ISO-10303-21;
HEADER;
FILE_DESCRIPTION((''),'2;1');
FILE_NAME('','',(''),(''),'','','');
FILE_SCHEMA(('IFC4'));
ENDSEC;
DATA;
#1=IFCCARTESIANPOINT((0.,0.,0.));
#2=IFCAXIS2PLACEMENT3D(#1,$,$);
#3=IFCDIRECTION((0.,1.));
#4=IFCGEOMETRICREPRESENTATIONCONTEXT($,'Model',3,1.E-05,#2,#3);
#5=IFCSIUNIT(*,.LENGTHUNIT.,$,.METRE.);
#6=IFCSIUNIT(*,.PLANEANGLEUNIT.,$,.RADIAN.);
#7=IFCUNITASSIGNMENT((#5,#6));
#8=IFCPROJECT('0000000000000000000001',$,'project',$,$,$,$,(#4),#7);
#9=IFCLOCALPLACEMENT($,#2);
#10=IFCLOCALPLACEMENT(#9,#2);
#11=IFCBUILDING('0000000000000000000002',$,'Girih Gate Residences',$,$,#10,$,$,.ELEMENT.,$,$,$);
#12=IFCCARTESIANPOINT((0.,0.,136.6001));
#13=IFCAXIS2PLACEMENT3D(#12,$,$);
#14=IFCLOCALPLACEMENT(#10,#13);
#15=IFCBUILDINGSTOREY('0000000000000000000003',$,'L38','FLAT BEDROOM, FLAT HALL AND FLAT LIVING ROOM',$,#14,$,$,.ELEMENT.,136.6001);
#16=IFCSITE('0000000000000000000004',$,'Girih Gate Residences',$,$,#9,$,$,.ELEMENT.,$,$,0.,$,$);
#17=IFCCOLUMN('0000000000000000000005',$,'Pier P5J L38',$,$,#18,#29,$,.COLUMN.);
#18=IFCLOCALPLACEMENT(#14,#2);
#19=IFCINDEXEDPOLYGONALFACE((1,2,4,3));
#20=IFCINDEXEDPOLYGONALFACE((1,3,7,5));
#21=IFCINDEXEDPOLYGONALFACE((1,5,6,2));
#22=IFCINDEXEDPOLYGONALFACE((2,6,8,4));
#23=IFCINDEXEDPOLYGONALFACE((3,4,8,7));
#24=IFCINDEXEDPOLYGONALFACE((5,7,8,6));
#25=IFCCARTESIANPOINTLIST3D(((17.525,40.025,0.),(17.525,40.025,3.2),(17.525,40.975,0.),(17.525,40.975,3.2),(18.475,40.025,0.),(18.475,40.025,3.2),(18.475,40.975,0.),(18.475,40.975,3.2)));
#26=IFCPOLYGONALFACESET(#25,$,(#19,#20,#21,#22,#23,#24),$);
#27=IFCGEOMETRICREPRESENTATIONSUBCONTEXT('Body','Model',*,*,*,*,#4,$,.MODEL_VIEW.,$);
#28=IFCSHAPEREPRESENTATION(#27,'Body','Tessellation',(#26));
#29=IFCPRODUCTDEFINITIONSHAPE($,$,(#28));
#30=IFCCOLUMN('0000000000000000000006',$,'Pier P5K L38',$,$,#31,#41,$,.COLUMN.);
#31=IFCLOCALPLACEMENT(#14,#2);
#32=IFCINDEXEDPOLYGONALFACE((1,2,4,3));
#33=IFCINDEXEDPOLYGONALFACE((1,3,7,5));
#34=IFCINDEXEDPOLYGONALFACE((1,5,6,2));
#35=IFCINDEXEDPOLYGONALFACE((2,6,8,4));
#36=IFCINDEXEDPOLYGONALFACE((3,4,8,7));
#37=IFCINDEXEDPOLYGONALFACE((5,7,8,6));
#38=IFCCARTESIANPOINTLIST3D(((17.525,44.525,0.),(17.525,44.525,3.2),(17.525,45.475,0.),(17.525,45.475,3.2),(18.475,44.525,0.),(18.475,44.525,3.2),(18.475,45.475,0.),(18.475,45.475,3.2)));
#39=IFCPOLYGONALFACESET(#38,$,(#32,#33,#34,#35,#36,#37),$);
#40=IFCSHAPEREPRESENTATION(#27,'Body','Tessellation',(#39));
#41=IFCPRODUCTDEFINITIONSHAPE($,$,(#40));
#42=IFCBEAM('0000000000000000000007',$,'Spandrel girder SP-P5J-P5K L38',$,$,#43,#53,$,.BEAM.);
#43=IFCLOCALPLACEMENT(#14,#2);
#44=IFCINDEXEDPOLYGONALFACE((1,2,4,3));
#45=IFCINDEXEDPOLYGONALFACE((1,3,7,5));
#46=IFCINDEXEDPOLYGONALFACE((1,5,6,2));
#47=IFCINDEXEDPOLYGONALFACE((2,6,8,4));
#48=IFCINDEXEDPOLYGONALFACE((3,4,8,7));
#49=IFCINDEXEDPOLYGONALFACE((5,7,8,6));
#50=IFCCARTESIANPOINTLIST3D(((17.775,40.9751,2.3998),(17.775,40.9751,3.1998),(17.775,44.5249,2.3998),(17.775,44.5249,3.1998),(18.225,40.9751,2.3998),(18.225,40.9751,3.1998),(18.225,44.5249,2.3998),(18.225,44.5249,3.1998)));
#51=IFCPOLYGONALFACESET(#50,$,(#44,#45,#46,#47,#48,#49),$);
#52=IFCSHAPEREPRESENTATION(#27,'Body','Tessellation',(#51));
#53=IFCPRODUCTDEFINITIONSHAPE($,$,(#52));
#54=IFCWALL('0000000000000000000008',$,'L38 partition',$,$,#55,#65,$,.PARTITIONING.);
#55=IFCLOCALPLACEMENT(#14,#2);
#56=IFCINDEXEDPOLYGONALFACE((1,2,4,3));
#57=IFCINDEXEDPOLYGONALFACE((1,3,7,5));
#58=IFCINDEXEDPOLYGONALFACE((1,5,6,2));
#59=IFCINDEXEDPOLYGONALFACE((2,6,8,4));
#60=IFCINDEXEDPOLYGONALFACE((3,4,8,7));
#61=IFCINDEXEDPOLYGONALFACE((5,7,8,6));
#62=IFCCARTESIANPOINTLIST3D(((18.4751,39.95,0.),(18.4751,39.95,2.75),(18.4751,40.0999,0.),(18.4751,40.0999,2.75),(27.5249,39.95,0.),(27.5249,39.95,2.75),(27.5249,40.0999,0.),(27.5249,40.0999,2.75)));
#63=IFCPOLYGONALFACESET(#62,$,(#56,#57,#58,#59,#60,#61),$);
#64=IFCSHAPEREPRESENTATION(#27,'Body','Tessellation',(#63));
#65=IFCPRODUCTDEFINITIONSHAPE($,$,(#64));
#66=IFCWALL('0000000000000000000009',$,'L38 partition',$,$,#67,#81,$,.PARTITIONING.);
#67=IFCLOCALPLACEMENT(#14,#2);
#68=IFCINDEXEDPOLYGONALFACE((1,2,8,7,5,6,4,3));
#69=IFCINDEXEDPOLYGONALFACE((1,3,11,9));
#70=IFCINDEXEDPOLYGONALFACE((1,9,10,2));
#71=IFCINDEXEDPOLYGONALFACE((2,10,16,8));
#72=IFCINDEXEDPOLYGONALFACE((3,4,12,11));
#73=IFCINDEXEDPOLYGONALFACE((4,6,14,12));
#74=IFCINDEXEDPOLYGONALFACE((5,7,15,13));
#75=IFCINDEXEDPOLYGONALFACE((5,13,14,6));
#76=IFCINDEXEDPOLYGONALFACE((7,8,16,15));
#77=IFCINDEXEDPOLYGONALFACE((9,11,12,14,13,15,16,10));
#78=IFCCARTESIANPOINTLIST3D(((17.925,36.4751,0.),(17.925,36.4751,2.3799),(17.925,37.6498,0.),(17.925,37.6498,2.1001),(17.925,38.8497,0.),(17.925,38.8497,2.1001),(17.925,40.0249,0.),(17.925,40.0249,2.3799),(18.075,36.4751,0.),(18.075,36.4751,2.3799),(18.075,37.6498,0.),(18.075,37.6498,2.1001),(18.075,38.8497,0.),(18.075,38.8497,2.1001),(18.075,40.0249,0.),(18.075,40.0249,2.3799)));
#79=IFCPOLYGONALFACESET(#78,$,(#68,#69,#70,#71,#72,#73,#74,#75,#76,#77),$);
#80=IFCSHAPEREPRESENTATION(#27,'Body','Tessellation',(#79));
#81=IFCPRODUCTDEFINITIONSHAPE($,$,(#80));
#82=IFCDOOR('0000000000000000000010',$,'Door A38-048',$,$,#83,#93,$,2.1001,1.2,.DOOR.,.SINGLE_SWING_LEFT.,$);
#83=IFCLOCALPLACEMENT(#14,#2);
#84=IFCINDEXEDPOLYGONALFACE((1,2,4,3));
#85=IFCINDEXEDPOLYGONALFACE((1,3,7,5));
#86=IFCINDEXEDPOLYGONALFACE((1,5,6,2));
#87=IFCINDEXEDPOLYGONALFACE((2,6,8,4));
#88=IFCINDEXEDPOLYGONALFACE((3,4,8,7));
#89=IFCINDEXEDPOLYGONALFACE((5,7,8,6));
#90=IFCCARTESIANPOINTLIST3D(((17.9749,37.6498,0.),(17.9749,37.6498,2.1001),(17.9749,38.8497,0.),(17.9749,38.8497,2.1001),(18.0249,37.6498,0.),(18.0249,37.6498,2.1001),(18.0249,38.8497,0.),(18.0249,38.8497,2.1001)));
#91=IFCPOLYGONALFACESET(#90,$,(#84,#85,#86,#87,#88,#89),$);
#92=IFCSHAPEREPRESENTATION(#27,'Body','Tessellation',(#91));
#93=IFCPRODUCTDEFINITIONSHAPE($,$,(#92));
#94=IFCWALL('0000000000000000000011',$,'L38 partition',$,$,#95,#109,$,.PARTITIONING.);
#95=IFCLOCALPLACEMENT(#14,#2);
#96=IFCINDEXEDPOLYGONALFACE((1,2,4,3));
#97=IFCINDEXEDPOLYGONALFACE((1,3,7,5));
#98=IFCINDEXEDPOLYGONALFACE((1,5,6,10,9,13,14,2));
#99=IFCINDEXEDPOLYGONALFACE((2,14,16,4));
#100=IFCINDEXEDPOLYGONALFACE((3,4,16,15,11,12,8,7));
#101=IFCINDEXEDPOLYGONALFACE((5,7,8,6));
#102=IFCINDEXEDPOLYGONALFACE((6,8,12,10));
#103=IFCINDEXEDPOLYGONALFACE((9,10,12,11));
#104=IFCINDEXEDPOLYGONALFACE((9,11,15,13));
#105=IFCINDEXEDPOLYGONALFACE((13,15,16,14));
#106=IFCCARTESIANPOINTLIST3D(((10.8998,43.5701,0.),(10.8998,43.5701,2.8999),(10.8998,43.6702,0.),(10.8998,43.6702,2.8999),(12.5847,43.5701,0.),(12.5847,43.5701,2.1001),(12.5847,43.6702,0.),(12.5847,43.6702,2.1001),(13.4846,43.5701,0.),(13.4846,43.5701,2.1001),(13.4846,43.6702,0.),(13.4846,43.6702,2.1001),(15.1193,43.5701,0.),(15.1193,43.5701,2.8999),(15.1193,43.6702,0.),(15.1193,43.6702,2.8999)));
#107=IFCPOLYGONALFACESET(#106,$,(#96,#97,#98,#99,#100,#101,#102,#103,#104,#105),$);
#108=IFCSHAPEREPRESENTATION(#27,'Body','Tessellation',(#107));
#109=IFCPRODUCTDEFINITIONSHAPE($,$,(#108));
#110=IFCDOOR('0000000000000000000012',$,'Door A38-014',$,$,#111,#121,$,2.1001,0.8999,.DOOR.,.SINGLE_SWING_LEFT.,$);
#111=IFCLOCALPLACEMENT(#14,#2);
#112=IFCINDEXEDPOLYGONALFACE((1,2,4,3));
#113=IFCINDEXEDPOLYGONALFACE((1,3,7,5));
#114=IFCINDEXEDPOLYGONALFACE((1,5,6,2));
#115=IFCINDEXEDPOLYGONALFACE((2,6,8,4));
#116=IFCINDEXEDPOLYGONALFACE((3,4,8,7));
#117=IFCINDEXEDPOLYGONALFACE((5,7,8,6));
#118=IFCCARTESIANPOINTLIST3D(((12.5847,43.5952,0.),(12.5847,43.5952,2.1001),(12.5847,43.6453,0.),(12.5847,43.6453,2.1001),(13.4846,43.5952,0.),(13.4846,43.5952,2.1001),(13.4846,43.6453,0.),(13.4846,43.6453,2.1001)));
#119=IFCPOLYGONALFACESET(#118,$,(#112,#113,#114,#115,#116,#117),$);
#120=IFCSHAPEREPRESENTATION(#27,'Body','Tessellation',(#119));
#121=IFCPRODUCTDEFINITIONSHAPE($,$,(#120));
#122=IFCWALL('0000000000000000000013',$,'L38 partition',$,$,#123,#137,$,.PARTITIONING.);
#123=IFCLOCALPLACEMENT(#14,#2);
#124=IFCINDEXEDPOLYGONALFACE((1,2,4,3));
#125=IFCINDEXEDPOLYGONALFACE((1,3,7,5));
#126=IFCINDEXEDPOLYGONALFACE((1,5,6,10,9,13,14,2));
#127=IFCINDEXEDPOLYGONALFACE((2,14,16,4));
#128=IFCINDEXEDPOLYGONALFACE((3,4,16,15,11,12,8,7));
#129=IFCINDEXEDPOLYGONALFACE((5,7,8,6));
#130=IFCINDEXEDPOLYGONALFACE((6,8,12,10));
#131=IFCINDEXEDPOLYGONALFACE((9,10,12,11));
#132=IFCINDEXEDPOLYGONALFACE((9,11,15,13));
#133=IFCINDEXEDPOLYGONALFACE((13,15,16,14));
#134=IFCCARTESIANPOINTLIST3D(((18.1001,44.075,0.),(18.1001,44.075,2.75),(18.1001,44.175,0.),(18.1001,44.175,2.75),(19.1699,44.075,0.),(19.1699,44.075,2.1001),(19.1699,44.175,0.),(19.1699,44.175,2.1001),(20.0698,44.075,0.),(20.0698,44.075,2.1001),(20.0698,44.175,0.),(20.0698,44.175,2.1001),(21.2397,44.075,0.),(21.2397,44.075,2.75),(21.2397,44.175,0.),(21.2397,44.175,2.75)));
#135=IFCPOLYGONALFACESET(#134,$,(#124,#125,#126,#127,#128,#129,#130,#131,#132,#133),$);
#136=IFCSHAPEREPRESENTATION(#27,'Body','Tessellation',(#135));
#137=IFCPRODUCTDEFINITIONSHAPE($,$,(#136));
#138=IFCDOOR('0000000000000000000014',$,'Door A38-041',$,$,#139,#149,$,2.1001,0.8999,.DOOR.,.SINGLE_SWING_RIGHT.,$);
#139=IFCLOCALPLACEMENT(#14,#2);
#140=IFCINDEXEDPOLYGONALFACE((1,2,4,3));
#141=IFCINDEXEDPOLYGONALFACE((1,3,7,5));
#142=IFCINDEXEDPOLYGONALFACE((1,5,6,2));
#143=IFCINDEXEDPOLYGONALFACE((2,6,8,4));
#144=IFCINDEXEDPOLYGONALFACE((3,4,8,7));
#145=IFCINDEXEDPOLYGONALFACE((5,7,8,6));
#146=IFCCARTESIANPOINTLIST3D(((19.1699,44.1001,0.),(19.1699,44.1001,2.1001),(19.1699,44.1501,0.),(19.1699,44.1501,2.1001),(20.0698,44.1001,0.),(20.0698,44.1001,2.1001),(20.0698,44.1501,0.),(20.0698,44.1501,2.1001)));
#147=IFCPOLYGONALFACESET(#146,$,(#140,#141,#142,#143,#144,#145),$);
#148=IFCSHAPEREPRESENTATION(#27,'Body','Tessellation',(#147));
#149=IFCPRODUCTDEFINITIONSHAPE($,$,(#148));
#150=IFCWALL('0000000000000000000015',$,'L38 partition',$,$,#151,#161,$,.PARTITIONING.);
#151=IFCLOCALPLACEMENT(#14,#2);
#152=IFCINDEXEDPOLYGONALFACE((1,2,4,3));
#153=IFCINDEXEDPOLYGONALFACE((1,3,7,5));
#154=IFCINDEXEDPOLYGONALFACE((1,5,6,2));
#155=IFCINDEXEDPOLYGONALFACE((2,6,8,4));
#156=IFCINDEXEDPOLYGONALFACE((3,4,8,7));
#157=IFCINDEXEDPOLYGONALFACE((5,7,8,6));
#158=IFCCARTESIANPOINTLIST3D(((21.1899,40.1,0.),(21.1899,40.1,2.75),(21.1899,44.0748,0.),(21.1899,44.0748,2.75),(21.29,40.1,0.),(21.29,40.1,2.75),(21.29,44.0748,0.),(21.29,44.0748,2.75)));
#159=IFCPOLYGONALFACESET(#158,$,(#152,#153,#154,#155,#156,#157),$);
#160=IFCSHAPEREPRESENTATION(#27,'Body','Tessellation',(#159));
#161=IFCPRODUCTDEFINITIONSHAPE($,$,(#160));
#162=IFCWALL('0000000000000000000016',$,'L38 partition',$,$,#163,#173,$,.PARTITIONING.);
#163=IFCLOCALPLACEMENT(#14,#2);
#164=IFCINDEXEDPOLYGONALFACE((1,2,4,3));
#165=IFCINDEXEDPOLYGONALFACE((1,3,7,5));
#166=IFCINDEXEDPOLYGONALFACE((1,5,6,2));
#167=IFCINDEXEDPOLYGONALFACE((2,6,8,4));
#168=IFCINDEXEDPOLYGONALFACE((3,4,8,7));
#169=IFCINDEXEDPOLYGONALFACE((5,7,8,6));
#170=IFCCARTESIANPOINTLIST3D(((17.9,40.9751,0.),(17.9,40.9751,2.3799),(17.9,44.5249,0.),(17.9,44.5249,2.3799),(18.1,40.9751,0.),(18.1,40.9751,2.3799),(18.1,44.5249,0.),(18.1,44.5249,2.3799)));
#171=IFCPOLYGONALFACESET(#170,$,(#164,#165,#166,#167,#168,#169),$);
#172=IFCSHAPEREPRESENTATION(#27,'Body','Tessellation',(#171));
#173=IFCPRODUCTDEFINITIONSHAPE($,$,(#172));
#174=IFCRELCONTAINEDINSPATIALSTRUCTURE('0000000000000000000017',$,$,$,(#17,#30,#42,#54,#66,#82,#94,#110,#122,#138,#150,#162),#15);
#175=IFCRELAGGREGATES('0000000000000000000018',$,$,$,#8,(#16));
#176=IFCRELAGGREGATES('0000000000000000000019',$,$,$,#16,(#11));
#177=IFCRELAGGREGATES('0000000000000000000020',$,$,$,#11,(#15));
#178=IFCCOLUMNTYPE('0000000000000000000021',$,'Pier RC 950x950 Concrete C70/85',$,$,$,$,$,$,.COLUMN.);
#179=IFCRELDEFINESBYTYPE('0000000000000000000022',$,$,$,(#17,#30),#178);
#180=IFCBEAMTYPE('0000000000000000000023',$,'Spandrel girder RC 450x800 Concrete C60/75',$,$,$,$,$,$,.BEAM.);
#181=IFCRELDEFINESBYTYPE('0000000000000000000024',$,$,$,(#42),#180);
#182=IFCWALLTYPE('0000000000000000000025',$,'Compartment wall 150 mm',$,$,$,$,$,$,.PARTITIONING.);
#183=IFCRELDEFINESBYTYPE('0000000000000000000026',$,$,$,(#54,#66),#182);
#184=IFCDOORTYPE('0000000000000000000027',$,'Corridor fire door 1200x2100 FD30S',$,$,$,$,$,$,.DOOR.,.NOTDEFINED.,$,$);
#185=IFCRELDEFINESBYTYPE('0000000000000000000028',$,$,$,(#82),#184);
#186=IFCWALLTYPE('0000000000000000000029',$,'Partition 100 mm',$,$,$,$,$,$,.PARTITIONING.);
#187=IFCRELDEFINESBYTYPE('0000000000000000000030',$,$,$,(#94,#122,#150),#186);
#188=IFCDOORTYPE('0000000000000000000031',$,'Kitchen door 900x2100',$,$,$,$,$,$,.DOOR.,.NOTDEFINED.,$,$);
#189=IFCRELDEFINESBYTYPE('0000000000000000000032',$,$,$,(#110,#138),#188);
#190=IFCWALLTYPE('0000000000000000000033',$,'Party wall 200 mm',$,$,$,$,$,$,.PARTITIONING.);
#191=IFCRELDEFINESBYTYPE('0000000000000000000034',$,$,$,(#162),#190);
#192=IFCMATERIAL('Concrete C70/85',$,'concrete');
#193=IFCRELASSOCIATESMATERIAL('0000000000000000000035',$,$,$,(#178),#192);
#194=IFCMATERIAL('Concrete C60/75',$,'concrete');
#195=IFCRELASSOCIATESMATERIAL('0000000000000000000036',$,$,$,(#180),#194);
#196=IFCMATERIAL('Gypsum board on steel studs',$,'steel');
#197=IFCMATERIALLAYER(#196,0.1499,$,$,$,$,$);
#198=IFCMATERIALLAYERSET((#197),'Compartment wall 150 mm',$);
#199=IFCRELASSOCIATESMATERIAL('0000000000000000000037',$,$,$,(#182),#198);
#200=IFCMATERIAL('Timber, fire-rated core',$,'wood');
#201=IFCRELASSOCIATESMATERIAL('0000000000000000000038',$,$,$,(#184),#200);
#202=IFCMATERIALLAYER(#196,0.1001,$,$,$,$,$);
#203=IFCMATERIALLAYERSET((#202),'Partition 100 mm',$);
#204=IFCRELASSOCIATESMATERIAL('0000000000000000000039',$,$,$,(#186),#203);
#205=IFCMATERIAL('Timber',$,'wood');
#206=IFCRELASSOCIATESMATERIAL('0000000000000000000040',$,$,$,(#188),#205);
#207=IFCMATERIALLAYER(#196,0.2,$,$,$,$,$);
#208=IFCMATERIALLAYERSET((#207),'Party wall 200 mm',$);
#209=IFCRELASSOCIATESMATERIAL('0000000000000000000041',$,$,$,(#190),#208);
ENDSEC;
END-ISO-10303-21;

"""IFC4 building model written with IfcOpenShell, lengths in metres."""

from ifc_helpers import new_model, si_unit, direction, frame, frame_2d, origin, origin_2d, place, context, subcontext, project, spatial, rectangle, extrude, material, layer, layer_set, material_profile, profile_set, type_object, element, fill, save


model = new_model("IFC4")

# Units and contexts
model_context = context("Model", 3, precision=1e-05, world=origin(), true_north=direction((0.0, 1.0)))
body_context = subcontext(model_context, "Body", "Model", "MODEL_VIEW")
ifc_project = project(units=[si_unit("LENGTHUNIT", "METRE"), si_unit("PLANEANGLEUNIT", "RADIAN")], contexts=[model_context])

# Site, building, storey
site_placement = place(None, origin())
site = spatial("IfcSite", under=ifc_project, at=site_placement, Name="Girih Gate Residences", CompositionType="ELEMENT", RefElevation=0.0)
building_placement = place(site_placement, origin())
building = spatial("IfcBuilding", under=site, at=building_placement, Name="Girih Gate Residences", CompositionType="ELEMENT")
storey_placement = place(building_placement, frame((0.0, 0.0, 136.6001)))
storey = spatial("IfcBuildingStorey", under=building, at=storey_placement, Name="L38", Description="FLAT BEDROOM, FLAT HALL AND FLAT LIVING ROOM", CompositionType="ELEMENT", Elevation=136.6001)

# Columns
ifc_material_1 = material(Name="Concrete C70/85", Category="concrete")
ifc_material_profile_1 = material_profile(ifc_material_1, rectangle(XDim=0.95, YDim=0.95, at=origin_2d()))
ifc_profile_set_1 = profile_set([ifc_material_profile_1], Name="Concrete C70/85")
column_type = type_object("IfcColumnType", Name="Pier RC 950x950 Concrete C70/85", PredefinedType="COLUMN", material=ifc_profile_set_1)
for number, where, z_axis, x_axis, name in (
    (1, (18.0, 40.5, 0.0), (0.0, 0.0, 1.0), (1.0, 0.0, 0.0), "Pier P5J L38"),
    (2, (18.0, 45.0, 0.0), (0.0, 0.0, 1.0), (1.0, 0.0, 0.0), "Pier P5K L38"),
):
    element("IfcColumn", number, at=place(storey_placement, frame(where, z_axis=z_axis, x_axis=x_axis)), inside=storey, type_object=column_type, Name=name, PredefinedType="COLUMN", context=body_context, shape_type="SweptSolid", body=[
        extrude(rectangle(XDim=0.95, YDim=0.95, at=origin_2d()), origin(), (0.0, 0.0, 1.0), 3.2),
    ])

# Beam
ifc_material_2 = material(Name="Concrete C60/75", Category="concrete")
ifc_material_profile_2 = material_profile(ifc_material_2, rectangle(XDim=0.45, YDim=0.8, at=origin_2d()))
ifc_profile_set_2 = profile_set([ifc_material_profile_2], Name="Concrete C60/75")
beam_type = type_object("IfcBeamType", Name="Spandrel girder RC 450x800 Concrete C60/75", PredefinedType="BEAM", material=ifc_profile_set_2)
beam_placement = place(storey_placement, frame((18.0, 40.9751, 2.7998), z_axis=(0.0, 1.0, 0.0), x_axis=(-1.0, 0.0, 0.0)))
element("IfcBeam", 3, at=beam_placement, inside=storey, type_object=beam_type, Name="Spandrel girder SP-P5J-P5K L38", PredefinedType="BEAM", context=body_context, shape_type="SweptSolid", body=[
    extrude(rectangle(XDim=0.45, YDim=0.8, at=origin_2d()), origin(), (0.0, 0.0, 1.0), 3.5498),
])

# Wall
ifc_material_3 = material(Name="Gypsum board on steel studs", Category="steel")
ifc_layer_1 = layer(ifc_material_3, 0.1499)
ifc_layer_set_1 = layer_set([ifc_layer_1], Name="Compartment wall 150 mm")
wall_type_1 = type_object("IfcWallType", Name="Compartment wall 150 mm", PredefinedType="PARTITIONING", material=ifc_layer_set_1)
wall_1_placement = place(storey_placement, frame((18.4751, 40.0249, 0.0), z_axis=(0.0, 0.0, 1.0), x_axis=(1.0, 0.0, 0.0)))
element("IfcWall", 4, at=wall_1_placement, inside=storey, type_object=wall_type_1, Name="L38 partition", PredefinedType="PARTITIONING", context=body_context, shape_type="SweptSolid", body=[
    extrude(rectangle(XDim=9.0498, YDim=0.1499, at=frame_2d((4.5249, 0.0))), origin(), (0.0, 0.0, 1.0), 2.75),
])

# Walls, openings, doors
wall_2_placement = place(storey_placement, frame((18.0, 40.0249, 0.0), z_axis=(0.0, 0.0, 1.0), x_axis=(0.0, -1.0, 0.0)))
wall_2 = element("IfcWall", 5, at=wall_2_placement, inside=storey, type_object=wall_type_1, Name="L38 partition", PredefinedType="PARTITIONING", context=body_context, shape_type="SweptSolid", body=[
    extrude(rectangle(XDim=3.5498, YDim=0.1499, at=frame_2d((1.7749, 0.0))), origin(), (0.0, 0.0, 1.0), 2.3799),
])
opening_1_placement = place(wall_2_placement, frame((1.175, 0.0, 0.0)))
opening_1 = element("IfcOpeningElement", 6, at=opening_1_placement, cuts=wall_2, PredefinedType="OPENING", context=body_context, shape_type="SweptSolid", body=[
    extrude(rectangle(XDim=1.2, YDim=2.1001, at=frame_2d((0.6001, 1.05))), frame((0.0, 0.085, 0.0), z_axis=(0.0, -1.0, 0.0), x_axis=(1.0, 0.0, 0.0)), (0.0, 0.0, 1.0), 0.1699),
])
ifc_material_4 = material(Name="Timber, fire-rated core", Category="wood")
door_type_1 = type_object("IfcDoorType", Name="Corridor fire door 1200x2100 FD30S", OperationType="NOTDEFINED", PredefinedType="DOOR", material=ifc_material_4)
door_1_placement = place(opening_1_placement, origin())
door_1 = element("IfcDoor", 7, at=door_1_placement, inside=storey, type_object=door_type_1, Name="Door A38-048", OperationType="SINGLE_SWING_LEFT", OverallHeight=2.1001, OverallWidth=1.2, PredefinedType="DOOR", context=body_context, shape_type="SweptSolid", body=[
    extrude(rectangle(XDim=1.2, YDim=2.1001, at=frame_2d((0.6001, 1.05))), frame((0.0, 0.0249, 0.0), z_axis=(0.0, -1.0, 0.0), x_axis=(1.0, 0.0, 0.0)), (0.0, 0.0, 1.0), 0.05),
])
fill(opening_1, door_1)
ifc_layer_2 = layer(ifc_material_3, 0.1001)
ifc_layer_set_2 = layer_set([ifc_layer_2], Name="Partition 100 mm")
wall_type_2 = type_object("IfcWallType", Name="Partition 100 mm", PredefinedType="PARTITIONING", material=ifc_layer_set_2)
wall_3_placement = place(storey_placement, frame((15.1194, 43.6201, 0.0), z_axis=(0.0, 0.0, 1.0), x_axis=(-1.0, 0.0, 0.0)))
wall_3 = element("IfcWall", 8, at=wall_3_placement, inside=storey, type_object=wall_type_2, Name="L38 partition", PredefinedType="PARTITIONING", context=body_context, shape_type="SweptSolid", body=[
    extrude(rectangle(XDim=4.2195, YDim=0.1001, at=frame_2d((2.1099, 0.0))), origin(), (0.0, 0.0, 1.0), 2.8999),
])
opening_2_placement = place(wall_3_placement, frame((1.6348, 0.0, 0.0)))
opening_2 = element("IfcOpeningElement", 9, at=opening_2_placement, cuts=wall_3, PredefinedType="OPENING", context=body_context, shape_type="SweptSolid", body=[
    extrude(rectangle(XDim=0.8999, YDim=2.1001, at=frame_2d((0.45, 1.05))), frame((0.0, 0.0601, 0.0), z_axis=(0.0, -1.0, 0.0), x_axis=(1.0, 0.0, 0.0)), (0.0, 0.0, 1.0), 0.1201),
])
ifc_material_5 = material(Name="Timber", Category="wood")
door_type_2 = type_object("IfcDoorType", Name="Kitchen door 900x2100", OperationType="NOTDEFINED", PredefinedType="DOOR", material=ifc_material_5)
door_2_placement = place(opening_2_placement, origin())
door_2 = element("IfcDoor", 10, at=door_2_placement, inside=storey, type_object=door_type_2, Name="Door A38-014", OperationType="SINGLE_SWING_LEFT", OverallHeight=2.1001, OverallWidth=0.8999, PredefinedType="DOOR", context=body_context, shape_type="SweptSolid", body=[
    extrude(rectangle(XDim=0.8999, YDim=2.1001, at=frame_2d((0.45, 1.05))), frame((0.0, 0.0249, 0.0), z_axis=(0.0, -1.0, 0.0), x_axis=(1.0, 0.0, 0.0)), (0.0, 0.0, 1.0), 0.05),
])
fill(opening_2, door_2)
wall_4_placement = place(storey_placement, frame((21.2397, 44.125, 0.0), z_axis=(0.0, 0.0, 1.0), x_axis=(-1.0, 0.0, 0.0)))
wall_4 = element("IfcWall", 11, at=wall_4_placement, inside=storey, type_object=wall_type_2, Name="L38 partition", PredefinedType="PARTITIONING", context=body_context, shape_type="SweptSolid", body=[
    extrude(rectangle(XDim=3.1396, YDim=0.1001, at=frame_2d((1.5698, 0.0))), origin(), (0.0, 0.0, 1.0), 2.75),
])
opening_3_placement = place(wall_4_placement, frame((1.1699, 0.0, 0.0)))
opening_3 = element("IfcOpeningElement", 12, at=opening_3_placement, cuts=wall_4, PredefinedType="OPENING", context=body_context, shape_type="SweptSolid", body=[
    extrude(rectangle(XDim=0.8999, YDim=2.1001, at=frame_2d((0.45, 1.05))), frame((0.0, 0.0601, 0.0), z_axis=(0.0, -1.0, 0.0), x_axis=(1.0, 0.0, 0.0)), (0.0, 0.0, 1.0), 0.1201),
])
door_3_placement = place(opening_3_placement, origin())
door_3 = element("IfcDoor", 13, at=door_3_placement, inside=storey, type_object=door_type_2, Name="Door A38-041", OperationType="SINGLE_SWING_RIGHT", OverallHeight=2.1001, OverallWidth=0.8999, PredefinedType="DOOR", context=body_context, shape_type="SweptSolid", body=[
    extrude(rectangle(XDim=0.8999, YDim=2.1001, at=frame_2d((0.45, 1.05))), frame((0.0, 0.0249, 0.0), z_axis=(0.0, -1.0, 0.0), x_axis=(1.0, 0.0, 0.0)), (0.0, 0.0, 1.0), 0.05),
])
fill(opening_3, door_3)

# Walls
wall_5_placement = place(storey_placement, frame((21.24, 40.1001, 0.0), z_axis=(0.0, 0.0, 1.0), x_axis=(0.0, 1.0, 0.0)))
element("IfcWall", 14, at=wall_5_placement, inside=storey, type_object=wall_type_2, Name="L38 partition", PredefinedType="PARTITIONING", context=body_context, shape_type="SweptSolid", body=[
    extrude(rectangle(XDim=3.9749, YDim=0.1001, at=frame_2d((1.9873, 0.0))), origin(), (0.0, 0.0, 1.0), 2.75),
])
ifc_layer_3 = layer(ifc_material_3, 0.2)
ifc_layer_set_3 = layer_set([ifc_layer_3], Name="Party wall 200 mm")
wall_type_3 = type_object("IfcWallType", Name="Party wall 200 mm", PredefinedType="PARTITIONING", material=ifc_layer_set_3)
wall_6_placement = place(storey_placement, frame((18.0, 40.9751, 0.0), z_axis=(0.0, 0.0, 1.0), x_axis=(0.0, 1.0, 0.0)))
element("IfcWall", 15, at=wall_6_placement, inside=storey, type_object=wall_type_3, Name="L38 partition", PredefinedType="PARTITIONING", context=body_context, shape_type="SweptSolid", body=[
    extrude(rectangle(XDim=3.5498, YDim=0.2, at=frame_2d((1.7749, 0.0))), origin(), (0.0, 0.0, 1.0), 2.3799),
])

save(model, "model.ifc")
